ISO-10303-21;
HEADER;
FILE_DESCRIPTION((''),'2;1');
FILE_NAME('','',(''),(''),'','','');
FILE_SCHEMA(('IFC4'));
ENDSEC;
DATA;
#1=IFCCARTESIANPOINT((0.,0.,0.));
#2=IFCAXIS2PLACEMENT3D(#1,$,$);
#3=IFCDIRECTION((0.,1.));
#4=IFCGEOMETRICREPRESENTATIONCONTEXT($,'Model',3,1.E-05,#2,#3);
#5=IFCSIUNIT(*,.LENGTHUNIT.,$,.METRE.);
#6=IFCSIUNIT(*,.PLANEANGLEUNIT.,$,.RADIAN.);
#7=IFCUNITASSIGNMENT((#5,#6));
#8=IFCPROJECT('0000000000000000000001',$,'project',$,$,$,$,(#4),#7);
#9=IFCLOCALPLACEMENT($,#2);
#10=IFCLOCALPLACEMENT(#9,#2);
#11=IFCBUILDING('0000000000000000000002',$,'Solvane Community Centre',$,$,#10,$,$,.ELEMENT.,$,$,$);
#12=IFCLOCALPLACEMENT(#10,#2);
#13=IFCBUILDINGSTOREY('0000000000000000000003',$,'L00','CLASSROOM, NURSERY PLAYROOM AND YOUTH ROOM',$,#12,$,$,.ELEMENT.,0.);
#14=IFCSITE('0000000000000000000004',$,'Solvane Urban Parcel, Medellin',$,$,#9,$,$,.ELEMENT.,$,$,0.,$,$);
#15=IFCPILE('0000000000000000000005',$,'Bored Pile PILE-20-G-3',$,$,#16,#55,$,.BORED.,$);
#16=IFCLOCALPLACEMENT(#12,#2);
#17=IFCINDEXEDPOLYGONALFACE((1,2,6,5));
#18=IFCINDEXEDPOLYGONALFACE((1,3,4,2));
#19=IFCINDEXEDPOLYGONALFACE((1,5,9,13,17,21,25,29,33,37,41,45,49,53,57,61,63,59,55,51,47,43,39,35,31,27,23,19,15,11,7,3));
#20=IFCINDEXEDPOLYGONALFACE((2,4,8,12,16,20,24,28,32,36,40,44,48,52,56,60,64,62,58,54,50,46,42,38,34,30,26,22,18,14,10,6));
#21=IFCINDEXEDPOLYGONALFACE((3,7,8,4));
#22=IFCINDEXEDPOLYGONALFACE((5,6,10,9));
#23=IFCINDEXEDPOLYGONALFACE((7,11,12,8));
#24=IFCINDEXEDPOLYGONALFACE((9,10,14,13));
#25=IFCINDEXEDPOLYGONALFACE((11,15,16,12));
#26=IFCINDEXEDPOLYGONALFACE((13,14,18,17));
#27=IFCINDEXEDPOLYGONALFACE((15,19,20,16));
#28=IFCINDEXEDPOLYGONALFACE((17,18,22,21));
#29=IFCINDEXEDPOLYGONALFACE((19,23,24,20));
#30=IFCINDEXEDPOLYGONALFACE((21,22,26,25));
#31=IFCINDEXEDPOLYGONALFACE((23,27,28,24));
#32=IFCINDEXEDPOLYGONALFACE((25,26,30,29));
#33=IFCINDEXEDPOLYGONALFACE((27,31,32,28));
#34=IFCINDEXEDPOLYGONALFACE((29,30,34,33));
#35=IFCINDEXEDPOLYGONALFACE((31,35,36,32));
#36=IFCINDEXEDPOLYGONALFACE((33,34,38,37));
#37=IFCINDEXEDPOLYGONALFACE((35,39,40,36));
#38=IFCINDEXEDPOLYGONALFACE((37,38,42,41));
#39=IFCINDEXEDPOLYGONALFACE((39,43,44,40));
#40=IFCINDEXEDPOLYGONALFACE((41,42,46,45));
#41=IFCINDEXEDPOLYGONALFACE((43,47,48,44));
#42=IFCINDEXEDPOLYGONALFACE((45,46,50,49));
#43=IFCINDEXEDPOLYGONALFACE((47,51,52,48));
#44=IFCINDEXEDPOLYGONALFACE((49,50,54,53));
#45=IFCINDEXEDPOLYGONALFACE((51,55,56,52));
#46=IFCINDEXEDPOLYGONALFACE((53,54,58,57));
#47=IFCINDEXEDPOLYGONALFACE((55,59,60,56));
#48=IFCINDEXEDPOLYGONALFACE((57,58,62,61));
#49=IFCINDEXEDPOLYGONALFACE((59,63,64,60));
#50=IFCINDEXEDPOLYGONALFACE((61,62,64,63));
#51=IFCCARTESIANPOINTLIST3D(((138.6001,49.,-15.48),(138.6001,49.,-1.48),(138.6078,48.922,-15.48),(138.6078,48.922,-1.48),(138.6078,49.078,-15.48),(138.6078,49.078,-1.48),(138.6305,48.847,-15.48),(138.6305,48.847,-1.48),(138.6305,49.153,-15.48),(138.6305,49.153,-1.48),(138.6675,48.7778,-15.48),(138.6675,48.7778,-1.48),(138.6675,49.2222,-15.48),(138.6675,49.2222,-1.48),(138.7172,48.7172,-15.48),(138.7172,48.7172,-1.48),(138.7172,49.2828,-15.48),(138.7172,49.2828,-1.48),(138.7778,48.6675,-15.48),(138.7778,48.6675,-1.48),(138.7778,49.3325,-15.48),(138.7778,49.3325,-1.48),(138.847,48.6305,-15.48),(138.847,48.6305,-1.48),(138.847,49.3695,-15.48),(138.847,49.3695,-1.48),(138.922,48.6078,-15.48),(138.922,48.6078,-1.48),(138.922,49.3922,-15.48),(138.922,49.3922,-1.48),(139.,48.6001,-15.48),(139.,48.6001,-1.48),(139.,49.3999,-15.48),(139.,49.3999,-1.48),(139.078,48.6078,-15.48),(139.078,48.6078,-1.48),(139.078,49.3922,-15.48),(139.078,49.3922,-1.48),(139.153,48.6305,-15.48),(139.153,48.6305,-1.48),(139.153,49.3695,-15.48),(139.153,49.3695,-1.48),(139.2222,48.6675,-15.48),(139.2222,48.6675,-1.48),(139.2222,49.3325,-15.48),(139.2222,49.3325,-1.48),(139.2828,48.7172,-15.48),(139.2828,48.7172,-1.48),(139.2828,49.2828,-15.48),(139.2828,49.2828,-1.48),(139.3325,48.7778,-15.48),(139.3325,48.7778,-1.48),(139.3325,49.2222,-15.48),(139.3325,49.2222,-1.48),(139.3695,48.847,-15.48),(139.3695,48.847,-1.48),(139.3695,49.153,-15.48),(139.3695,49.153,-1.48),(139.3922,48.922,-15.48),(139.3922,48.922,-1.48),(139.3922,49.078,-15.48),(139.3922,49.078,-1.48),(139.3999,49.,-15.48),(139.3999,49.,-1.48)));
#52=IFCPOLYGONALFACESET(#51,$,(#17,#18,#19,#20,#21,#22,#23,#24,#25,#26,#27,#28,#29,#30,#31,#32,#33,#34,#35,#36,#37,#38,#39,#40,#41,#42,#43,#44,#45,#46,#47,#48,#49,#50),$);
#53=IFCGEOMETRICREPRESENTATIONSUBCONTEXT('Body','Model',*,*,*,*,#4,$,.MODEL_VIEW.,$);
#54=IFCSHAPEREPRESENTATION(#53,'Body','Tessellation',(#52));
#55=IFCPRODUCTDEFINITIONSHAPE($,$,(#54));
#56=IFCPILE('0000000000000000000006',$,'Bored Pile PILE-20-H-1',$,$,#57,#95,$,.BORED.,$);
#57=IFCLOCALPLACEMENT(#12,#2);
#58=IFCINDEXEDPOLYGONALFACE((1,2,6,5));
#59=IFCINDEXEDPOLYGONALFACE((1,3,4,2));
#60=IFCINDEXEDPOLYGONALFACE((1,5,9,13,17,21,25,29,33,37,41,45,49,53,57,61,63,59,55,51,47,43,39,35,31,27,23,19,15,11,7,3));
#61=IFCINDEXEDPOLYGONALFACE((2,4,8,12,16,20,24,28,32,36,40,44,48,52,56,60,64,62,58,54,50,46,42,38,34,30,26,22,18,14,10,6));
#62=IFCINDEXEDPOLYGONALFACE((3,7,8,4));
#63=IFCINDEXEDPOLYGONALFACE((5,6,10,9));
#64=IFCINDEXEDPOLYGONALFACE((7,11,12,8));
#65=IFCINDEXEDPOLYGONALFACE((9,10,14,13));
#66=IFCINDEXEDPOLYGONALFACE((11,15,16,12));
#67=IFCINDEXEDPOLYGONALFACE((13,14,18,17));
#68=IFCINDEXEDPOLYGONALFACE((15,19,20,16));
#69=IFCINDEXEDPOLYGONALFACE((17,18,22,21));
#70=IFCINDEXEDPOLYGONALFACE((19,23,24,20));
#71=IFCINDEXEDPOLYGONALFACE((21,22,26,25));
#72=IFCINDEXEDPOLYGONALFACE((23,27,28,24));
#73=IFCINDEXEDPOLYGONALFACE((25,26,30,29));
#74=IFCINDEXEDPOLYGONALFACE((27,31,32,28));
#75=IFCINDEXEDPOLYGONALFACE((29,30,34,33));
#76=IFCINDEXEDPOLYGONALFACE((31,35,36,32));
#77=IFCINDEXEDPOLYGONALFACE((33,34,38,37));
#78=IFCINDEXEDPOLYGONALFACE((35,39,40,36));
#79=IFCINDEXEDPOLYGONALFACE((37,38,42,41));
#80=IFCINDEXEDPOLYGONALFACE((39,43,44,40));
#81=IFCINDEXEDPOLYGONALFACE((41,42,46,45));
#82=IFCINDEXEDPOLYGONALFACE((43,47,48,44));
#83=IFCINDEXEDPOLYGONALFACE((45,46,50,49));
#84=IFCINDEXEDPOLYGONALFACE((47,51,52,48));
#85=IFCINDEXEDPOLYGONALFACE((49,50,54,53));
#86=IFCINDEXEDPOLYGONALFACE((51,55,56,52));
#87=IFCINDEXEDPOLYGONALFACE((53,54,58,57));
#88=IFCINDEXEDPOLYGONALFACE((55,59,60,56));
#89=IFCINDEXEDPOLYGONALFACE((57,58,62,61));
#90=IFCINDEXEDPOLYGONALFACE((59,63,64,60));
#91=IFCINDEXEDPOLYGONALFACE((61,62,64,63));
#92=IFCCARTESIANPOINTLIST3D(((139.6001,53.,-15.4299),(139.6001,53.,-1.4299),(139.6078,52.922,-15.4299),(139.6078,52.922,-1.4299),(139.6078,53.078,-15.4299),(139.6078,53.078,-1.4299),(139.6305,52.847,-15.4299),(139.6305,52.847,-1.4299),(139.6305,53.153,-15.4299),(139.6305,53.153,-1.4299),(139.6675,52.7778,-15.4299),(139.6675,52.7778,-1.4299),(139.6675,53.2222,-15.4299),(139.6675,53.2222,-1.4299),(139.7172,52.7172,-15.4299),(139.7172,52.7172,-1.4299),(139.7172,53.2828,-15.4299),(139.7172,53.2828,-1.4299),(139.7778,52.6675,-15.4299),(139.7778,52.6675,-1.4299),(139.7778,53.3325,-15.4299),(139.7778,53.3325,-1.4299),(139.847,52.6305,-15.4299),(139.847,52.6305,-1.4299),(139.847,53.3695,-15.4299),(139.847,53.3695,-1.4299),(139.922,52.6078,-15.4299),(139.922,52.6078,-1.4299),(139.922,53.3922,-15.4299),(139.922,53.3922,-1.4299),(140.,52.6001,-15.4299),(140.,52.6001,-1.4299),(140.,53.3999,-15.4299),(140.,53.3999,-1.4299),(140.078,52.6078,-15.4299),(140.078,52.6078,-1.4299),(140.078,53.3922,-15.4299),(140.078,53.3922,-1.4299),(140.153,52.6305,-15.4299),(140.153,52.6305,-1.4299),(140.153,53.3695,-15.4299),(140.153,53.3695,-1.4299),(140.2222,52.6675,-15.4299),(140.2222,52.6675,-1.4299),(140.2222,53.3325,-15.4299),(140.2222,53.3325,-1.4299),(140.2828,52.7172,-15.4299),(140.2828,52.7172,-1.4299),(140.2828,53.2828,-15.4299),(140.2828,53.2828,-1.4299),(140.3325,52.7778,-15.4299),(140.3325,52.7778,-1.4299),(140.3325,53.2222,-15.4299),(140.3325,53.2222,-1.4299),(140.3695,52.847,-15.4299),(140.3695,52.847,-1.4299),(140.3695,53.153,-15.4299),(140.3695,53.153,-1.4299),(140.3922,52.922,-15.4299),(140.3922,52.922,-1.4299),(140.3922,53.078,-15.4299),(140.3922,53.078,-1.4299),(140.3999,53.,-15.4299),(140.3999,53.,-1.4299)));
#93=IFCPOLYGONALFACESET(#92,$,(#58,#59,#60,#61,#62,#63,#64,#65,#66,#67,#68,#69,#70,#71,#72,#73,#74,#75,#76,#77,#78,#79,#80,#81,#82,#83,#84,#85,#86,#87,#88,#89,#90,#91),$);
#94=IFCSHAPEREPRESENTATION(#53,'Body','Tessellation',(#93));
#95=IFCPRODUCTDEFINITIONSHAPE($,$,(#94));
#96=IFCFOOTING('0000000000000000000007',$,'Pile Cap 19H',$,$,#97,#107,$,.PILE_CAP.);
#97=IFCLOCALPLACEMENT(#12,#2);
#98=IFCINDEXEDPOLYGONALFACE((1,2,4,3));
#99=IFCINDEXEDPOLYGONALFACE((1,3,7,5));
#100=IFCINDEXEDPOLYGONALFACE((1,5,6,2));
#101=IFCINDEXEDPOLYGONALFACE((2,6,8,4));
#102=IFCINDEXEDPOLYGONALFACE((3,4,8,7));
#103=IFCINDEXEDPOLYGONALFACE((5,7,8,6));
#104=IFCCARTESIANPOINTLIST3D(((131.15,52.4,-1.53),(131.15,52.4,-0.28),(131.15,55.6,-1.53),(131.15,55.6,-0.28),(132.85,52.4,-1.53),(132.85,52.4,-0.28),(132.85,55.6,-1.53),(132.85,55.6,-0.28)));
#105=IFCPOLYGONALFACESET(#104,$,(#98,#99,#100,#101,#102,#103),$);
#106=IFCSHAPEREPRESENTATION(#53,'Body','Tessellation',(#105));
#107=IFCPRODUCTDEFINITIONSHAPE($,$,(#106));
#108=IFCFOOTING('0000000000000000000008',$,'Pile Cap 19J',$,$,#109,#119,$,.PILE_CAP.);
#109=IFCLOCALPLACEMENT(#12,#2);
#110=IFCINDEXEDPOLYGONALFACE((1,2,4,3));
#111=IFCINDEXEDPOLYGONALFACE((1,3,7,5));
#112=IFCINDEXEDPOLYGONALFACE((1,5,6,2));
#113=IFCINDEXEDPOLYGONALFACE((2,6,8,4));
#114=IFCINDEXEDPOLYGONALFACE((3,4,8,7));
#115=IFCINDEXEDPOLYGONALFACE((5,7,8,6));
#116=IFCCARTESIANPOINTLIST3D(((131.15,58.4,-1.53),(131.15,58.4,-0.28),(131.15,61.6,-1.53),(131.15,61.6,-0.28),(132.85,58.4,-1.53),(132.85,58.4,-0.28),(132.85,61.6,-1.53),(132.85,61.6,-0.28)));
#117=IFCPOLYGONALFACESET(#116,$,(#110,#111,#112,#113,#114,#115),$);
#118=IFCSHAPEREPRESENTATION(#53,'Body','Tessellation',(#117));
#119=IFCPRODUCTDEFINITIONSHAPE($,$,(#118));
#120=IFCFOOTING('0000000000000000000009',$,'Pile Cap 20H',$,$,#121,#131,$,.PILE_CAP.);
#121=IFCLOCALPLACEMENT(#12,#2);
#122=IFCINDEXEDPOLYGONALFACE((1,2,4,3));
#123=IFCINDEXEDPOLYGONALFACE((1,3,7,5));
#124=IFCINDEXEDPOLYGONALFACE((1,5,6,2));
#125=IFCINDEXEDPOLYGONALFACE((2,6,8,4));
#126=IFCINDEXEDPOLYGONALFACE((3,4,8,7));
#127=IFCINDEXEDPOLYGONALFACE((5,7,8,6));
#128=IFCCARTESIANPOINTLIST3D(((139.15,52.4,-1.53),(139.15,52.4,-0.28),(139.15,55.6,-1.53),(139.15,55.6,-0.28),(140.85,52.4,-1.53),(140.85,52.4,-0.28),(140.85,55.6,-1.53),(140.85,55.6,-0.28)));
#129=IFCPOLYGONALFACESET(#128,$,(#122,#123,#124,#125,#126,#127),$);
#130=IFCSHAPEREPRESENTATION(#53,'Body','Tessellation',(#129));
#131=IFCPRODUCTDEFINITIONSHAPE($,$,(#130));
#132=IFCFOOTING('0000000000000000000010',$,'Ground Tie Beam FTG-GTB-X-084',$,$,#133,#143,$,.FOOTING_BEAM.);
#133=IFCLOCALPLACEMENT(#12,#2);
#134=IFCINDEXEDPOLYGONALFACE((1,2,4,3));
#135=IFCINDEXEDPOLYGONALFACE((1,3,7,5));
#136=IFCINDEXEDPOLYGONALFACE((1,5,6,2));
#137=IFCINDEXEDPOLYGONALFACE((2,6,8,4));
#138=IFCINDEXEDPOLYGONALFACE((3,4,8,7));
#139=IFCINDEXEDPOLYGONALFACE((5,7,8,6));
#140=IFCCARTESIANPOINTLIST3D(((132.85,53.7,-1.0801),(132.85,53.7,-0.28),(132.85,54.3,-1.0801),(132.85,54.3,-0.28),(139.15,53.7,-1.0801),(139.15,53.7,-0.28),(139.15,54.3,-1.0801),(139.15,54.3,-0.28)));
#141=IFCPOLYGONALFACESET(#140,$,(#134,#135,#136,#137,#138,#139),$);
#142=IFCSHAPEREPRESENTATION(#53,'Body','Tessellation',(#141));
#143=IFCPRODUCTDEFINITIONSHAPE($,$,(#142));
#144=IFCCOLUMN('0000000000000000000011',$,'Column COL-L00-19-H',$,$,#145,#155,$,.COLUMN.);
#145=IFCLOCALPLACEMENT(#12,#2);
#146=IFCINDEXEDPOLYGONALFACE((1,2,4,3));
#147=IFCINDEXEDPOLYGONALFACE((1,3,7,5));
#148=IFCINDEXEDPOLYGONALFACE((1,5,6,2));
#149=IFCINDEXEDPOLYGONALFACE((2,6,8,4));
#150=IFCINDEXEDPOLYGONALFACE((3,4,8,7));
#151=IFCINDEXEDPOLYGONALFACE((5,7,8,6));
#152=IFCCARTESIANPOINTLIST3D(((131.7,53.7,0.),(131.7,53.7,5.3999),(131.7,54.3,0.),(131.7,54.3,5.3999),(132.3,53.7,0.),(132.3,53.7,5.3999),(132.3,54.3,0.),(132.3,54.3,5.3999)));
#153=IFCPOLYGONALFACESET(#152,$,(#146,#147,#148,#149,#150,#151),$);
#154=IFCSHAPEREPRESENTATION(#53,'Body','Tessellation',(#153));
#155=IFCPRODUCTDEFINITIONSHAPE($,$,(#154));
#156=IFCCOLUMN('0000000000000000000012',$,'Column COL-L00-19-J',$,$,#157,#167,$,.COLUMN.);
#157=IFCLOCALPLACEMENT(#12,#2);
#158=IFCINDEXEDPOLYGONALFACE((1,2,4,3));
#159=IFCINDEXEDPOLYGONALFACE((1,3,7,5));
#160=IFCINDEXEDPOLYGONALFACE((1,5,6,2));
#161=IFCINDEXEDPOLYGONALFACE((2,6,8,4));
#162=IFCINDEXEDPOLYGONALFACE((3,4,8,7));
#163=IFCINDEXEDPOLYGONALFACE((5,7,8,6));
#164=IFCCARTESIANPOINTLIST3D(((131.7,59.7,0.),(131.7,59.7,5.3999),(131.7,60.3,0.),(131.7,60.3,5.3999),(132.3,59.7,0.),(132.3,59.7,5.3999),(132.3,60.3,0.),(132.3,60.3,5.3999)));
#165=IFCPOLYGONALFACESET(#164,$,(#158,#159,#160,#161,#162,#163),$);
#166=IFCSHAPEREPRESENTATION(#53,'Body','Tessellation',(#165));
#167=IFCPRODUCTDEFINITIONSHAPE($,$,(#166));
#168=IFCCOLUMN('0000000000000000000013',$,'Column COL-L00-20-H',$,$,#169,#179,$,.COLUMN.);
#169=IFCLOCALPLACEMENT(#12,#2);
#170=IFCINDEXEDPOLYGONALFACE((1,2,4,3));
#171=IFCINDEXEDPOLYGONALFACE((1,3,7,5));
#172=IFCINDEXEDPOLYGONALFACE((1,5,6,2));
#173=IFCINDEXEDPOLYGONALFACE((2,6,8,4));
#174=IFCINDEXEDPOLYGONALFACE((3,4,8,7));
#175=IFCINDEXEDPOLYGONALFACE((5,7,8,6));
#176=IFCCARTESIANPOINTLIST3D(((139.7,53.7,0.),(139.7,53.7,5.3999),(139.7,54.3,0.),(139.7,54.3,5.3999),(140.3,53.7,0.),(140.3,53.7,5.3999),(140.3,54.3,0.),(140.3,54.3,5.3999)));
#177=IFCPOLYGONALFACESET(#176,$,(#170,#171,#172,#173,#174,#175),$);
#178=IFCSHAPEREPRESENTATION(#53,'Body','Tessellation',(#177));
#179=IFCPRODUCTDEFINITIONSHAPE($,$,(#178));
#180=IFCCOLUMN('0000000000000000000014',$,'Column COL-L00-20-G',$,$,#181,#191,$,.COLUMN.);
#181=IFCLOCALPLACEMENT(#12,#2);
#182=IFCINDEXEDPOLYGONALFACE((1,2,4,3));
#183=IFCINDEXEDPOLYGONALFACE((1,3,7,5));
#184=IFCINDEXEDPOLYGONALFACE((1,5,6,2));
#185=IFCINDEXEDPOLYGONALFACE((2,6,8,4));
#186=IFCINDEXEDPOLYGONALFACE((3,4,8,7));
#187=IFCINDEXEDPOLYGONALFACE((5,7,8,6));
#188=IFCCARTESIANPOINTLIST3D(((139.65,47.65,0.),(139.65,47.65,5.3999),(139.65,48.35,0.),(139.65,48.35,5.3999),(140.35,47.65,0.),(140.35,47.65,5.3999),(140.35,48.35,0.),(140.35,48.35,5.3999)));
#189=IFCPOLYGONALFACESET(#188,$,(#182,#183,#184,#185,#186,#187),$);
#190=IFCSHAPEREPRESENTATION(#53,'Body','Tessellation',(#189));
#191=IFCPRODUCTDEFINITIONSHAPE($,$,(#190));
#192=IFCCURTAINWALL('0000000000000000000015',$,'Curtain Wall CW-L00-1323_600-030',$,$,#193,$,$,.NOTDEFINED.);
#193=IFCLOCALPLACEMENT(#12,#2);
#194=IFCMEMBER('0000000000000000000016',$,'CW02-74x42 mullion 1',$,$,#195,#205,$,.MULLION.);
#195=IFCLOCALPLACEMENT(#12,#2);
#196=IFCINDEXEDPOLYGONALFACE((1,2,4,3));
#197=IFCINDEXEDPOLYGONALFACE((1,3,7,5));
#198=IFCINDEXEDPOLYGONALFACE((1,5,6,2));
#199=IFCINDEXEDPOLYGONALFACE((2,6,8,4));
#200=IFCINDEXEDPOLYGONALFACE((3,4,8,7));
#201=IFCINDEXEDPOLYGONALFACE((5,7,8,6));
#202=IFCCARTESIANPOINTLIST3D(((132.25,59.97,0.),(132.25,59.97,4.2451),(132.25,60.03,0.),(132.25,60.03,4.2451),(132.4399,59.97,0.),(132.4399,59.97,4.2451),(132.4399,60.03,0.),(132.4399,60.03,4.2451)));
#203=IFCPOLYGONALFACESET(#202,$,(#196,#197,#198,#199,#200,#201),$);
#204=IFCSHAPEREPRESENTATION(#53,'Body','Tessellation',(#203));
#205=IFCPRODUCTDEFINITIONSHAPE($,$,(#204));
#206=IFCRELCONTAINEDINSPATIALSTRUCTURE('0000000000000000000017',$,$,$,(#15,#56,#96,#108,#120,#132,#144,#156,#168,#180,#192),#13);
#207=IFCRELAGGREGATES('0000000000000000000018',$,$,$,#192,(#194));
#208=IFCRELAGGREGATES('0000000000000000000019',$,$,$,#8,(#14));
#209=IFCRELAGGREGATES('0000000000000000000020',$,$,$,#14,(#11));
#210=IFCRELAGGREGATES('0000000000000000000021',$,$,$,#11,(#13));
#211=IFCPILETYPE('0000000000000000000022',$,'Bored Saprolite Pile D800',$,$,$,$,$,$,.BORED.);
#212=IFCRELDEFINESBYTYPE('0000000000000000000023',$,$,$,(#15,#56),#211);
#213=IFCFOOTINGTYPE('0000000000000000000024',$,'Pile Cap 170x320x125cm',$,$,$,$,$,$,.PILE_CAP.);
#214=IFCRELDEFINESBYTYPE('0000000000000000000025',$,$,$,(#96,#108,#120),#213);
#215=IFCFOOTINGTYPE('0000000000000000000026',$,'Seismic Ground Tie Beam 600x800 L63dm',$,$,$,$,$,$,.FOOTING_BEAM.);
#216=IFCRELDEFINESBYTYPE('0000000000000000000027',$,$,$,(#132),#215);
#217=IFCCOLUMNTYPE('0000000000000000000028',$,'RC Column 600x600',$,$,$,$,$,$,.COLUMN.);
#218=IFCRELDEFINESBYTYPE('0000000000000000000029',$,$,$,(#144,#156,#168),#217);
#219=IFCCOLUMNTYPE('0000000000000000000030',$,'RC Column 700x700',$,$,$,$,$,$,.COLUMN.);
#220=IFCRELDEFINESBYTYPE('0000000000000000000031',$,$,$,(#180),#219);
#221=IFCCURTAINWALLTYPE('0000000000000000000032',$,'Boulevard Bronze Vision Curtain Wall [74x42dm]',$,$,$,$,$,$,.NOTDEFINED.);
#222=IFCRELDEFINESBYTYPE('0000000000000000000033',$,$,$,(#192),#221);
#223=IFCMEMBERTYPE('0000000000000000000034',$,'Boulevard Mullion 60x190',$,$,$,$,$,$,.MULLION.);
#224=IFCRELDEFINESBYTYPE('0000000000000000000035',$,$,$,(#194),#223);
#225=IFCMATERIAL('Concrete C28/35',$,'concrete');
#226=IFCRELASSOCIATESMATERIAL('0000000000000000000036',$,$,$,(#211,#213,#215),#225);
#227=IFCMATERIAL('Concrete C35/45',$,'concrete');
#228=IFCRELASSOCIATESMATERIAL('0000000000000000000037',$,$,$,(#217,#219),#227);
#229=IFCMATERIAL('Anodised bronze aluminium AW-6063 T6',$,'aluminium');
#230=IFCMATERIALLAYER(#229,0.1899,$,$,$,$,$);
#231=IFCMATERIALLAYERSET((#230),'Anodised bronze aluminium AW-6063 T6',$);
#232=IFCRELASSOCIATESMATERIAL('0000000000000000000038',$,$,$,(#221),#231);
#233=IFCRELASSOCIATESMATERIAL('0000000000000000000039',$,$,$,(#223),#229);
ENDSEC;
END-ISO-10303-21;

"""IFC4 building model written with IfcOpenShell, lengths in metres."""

from ifc_helpers import new_model, si_unit, direction, frame, origin, origin_2d, place, context, subcontext, project, spatial, rectangle, circle, extrude, material, layer, layer_set, material_profile, profile_set, type_object, element, aggregate, save


model = new_model("IFC4")

# Units and contexts
model_context = context("Model", 3, precision=1e-05, world=origin(), true_north=direction((0.0, 1.0)))
body_context = subcontext(model_context, "Body", "Model", "MODEL_VIEW")
ifc_project = project(units=[si_unit("LENGTHUNIT", "METRE"), si_unit("PLANEANGLEUNIT", "RADIAN")], contexts=[model_context])

# Site, building, storey
site_placement = place(None, origin())
site = spatial("IfcSite", under=ifc_project, at=site_placement, Name="Solvane Urban Parcel, Medellin", CompositionType="ELEMENT", RefElevation=0.0)
building_placement = place(site_placement, origin())
building = spatial("IfcBuilding", under=site, at=building_placement, Name="Solvane Community Centre", CompositionType="ELEMENT")
storey_placement = place(building_placement, origin())
storey = spatial("IfcBuildingStorey", under=building, at=storey_placement, Name="L00", Description="CLASSROOM, NURSERY PLAYROOM AND YOUTH ROOM", CompositionType="ELEMENT", Elevation=0.0)

# Piles
ifc_material_1 = material(Name="Concrete C28/35", Category="concrete")
ifc_material_profile_1 = material_profile(ifc_material_1, circle(Radius=0.3999, at=origin_2d()), Name="PILE D800")
ifc_profile_set_1 = profile_set([ifc_material_profile_1], Name="Concrete C28/35")
pile_type = type_object("IfcPileType", Name="Bored Saprolite Pile D800", PredefinedType="BORED", material=ifc_profile_set_1)
for number, where, z_axis, x_axis, name in (
    (1, (139.0, 49.0, -1.48), (0.0, 0.0, -1.0), (1.0, 0.0, 0.0), "Bored Pile PILE-20-G-3"),
    (2, (140.0, 53.0, -1.4299), (0.0, 0.0, -1.0), (1.0, 0.0, 0.0), "Bored Pile PILE-20-H-1"),
):
    element("IfcPile", number, at=place(storey_placement, frame(where, z_axis=z_axis, x_axis=x_axis)), inside=storey, type_object=pile_type, Name=name, PredefinedType="BORED", context=body_context, shape_type="SweptSolid", body=[
        extrude(circle(Radius=0.3999, at=origin_2d()), origin(), (0.0, 0.0, 1.0), 14.0),
    ])

# Footings
footing_type_1 = type_object("IfcFootingType", Name="Pile Cap 170x320x125cm", PredefinedType="PILE_CAP", material=ifc_material_1)
for number, where, z_axis, x_axis, name in (
    (3, (132.0, 54.0, -1.53), (0.0, 0.0, 1.0), (1.0, 0.0, 0.0), "Pile Cap 19H"),
    (4, (132.0, 60.0, -1.53), (0.0, 0.0, 1.0), (1.0, 0.0, 0.0), "Pile Cap 19J"),
    (5, (140.0, 54.0, -1.53), (0.0, 0.0, 1.0), (1.0, 0.0, 0.0), "Pile Cap 20H"),
):
    element("IfcFooting", number, at=place(storey_placement, frame(where, z_axis=z_axis, x_axis=x_axis)), inside=storey, type_object=footing_type_1, Name=name, PredefinedType="PILE_CAP", context=body_context, shape_type="SweptSolid", body=[
        extrude(rectangle(XDim=1.7, YDim=3.2, at=origin_2d()), origin(), (0.0, 0.0, 1.0), 1.25),
    ])
footing_type_2 = type_object("IfcFootingType", Name="Seismic Ground Tie Beam 600x800 L63dm", PredefinedType="FOOTING_BEAM", material=ifc_material_1)
footing_placement = place(storey_placement, frame((136.0, 54.0, -1.0801), z_axis=(0.0, 0.0, 1.0), x_axis=(1.0, 0.0, 0.0)))
element("IfcFooting", 6, at=footing_placement, inside=storey, type_object=footing_type_2, Name="Ground Tie Beam FTG-GTB-X-084", PredefinedType="FOOTING_BEAM", context=body_context, shape_type="SweptSolid", body=[
    extrude(rectangle(XDim=6.3, YDim=0.6001, at=origin_2d()), origin(), (0.0, 0.0, 1.0), 0.8),
])

# Columns
ifc_material_2 = material(Name="Concrete C35/45", Category="concrete")
ifc_material_profile_2 = material_profile(ifc_material_2, rectangle(XDim=0.6001, YDim=0.6001, at=origin_2d()), Name="RC 600x600")
ifc_profile_set_2 = profile_set([ifc_material_profile_2], Name="Concrete C35/45")
column_type_1 = type_object("IfcColumnType", Name="RC Column 600x600", PredefinedType="COLUMN", material=ifc_profile_set_2)
for number, where, z_axis, x_axis, name in (
    (7, (132.0, 54.0, 0.0), (0.0, 0.0, 1.0), (1.0, 0.0, 0.0), "Column COL-L00-19-H"),
    (8, (132.0, 60.0, 0.0), (0.0, 0.0, 1.0), (1.0, 0.0, 0.0), "Column COL-L00-19-J"),
    (9, (140.0, 54.0, 0.0), (0.0, 0.0, 1.0), (1.0, 0.0, 0.0), "Column COL-L00-20-H"),
):
    element("IfcColumn", number, at=place(storey_placement, frame(where, z_axis=z_axis, x_axis=x_axis)), inside=storey, type_object=column_type_1, Name=name, PredefinedType="COLUMN", context=body_context, shape_type="SweptSolid", body=[
        extrude(rectangle(XDim=0.6001, YDim=0.6001, at=origin_2d()), origin(), (0.0, 0.0, 1.0), 5.3999),
    ])
ifc_material_profile_3 = material_profile(ifc_material_2, rectangle(XDim=0.7, YDim=0.7, at=origin_2d()), Name="RC 700x700")
ifc_profile_set_3 = profile_set([ifc_material_profile_3], Name="Concrete C35/45")
column_type_2 = type_object("IfcColumnType", Name="RC Column 700x700", PredefinedType="COLUMN", material=ifc_profile_set_3)
column_placement = place(storey_placement, frame((140.0, 48.0, 0.0), z_axis=(0.0, 0.0, 1.0), x_axis=(1.0, 0.0, 0.0)))
element("IfcColumn", 10, at=column_placement, inside=storey, type_object=column_type_2, Name="Column COL-L00-20-G", PredefinedType="COLUMN", context=body_context, shape_type="SweptSolid", body=[
    extrude(rectangle(XDim=0.7, YDim=0.7, at=origin_2d()), origin(), (0.0, 0.0, 1.0), 5.3999),
])

# Curtain wall, member
ifc_material_3 = material(Name="Anodised bronze aluminium AW-6063 T6", Category="aluminium")
ifc_layer_1 = layer(ifc_material_3, 0.1899)
ifc_layer_set_1 = layer_set([ifc_layer_1], Name="Anodised bronze aluminium AW-6063 T6")
curtain_wall_type = type_object("IfcCurtainWallType", Name="Boulevard Bronze Vision Curtain Wall [74x42dm]", PredefinedType="NOTDEFINED", material=ifc_layer_set_1)
curtain_wall_placement = place(storey_placement, origin())
curtain_wall = element("IfcCurtainWall", 11, at=curtain_wall_placement, inside=storey, type_object=curtain_wall_type, Name="Curtain Wall CW-L00-1323_600-030", PredefinedType="NOTDEFINED")
ifc_material_profile_4 = material_profile(ifc_material_3, rectangle(XDim=0.0601, YDim=0.1899, at=origin_2d()), Name="CW-M 60x190")
ifc_profile_set_4 = profile_set([ifc_material_profile_4], Name="Anodised bronze aluminium AW-6063 T6")
member_type_1 = type_object("IfcMemberType", Name="Boulevard Mullion 60x190", PredefinedType="MULLION", material=ifc_profile_set_4)
member_1_placement = place(storey_placement, frame((132.345, 60.0, 0.0), z_axis=(0.0, 0.0, 1.0), x_axis=(0.0, 1.0, 0.0)))
member_1 = element("IfcMember", 12, at=member_1_placement, type_object=member_type_1, Name="CW02-74x42 mullion 1", PredefinedType="MULLION", context=body_context, shape_type="SweptSolid", body=[
    extrude(rectangle(XDim=0.0601, YDim=0.1899, at=origin_2d()), origin(), (0.0, 0.0, 1.0), 4.2451),
])
aggregate(curtain_wall, [member_1])

save(model, "model.ifc")
